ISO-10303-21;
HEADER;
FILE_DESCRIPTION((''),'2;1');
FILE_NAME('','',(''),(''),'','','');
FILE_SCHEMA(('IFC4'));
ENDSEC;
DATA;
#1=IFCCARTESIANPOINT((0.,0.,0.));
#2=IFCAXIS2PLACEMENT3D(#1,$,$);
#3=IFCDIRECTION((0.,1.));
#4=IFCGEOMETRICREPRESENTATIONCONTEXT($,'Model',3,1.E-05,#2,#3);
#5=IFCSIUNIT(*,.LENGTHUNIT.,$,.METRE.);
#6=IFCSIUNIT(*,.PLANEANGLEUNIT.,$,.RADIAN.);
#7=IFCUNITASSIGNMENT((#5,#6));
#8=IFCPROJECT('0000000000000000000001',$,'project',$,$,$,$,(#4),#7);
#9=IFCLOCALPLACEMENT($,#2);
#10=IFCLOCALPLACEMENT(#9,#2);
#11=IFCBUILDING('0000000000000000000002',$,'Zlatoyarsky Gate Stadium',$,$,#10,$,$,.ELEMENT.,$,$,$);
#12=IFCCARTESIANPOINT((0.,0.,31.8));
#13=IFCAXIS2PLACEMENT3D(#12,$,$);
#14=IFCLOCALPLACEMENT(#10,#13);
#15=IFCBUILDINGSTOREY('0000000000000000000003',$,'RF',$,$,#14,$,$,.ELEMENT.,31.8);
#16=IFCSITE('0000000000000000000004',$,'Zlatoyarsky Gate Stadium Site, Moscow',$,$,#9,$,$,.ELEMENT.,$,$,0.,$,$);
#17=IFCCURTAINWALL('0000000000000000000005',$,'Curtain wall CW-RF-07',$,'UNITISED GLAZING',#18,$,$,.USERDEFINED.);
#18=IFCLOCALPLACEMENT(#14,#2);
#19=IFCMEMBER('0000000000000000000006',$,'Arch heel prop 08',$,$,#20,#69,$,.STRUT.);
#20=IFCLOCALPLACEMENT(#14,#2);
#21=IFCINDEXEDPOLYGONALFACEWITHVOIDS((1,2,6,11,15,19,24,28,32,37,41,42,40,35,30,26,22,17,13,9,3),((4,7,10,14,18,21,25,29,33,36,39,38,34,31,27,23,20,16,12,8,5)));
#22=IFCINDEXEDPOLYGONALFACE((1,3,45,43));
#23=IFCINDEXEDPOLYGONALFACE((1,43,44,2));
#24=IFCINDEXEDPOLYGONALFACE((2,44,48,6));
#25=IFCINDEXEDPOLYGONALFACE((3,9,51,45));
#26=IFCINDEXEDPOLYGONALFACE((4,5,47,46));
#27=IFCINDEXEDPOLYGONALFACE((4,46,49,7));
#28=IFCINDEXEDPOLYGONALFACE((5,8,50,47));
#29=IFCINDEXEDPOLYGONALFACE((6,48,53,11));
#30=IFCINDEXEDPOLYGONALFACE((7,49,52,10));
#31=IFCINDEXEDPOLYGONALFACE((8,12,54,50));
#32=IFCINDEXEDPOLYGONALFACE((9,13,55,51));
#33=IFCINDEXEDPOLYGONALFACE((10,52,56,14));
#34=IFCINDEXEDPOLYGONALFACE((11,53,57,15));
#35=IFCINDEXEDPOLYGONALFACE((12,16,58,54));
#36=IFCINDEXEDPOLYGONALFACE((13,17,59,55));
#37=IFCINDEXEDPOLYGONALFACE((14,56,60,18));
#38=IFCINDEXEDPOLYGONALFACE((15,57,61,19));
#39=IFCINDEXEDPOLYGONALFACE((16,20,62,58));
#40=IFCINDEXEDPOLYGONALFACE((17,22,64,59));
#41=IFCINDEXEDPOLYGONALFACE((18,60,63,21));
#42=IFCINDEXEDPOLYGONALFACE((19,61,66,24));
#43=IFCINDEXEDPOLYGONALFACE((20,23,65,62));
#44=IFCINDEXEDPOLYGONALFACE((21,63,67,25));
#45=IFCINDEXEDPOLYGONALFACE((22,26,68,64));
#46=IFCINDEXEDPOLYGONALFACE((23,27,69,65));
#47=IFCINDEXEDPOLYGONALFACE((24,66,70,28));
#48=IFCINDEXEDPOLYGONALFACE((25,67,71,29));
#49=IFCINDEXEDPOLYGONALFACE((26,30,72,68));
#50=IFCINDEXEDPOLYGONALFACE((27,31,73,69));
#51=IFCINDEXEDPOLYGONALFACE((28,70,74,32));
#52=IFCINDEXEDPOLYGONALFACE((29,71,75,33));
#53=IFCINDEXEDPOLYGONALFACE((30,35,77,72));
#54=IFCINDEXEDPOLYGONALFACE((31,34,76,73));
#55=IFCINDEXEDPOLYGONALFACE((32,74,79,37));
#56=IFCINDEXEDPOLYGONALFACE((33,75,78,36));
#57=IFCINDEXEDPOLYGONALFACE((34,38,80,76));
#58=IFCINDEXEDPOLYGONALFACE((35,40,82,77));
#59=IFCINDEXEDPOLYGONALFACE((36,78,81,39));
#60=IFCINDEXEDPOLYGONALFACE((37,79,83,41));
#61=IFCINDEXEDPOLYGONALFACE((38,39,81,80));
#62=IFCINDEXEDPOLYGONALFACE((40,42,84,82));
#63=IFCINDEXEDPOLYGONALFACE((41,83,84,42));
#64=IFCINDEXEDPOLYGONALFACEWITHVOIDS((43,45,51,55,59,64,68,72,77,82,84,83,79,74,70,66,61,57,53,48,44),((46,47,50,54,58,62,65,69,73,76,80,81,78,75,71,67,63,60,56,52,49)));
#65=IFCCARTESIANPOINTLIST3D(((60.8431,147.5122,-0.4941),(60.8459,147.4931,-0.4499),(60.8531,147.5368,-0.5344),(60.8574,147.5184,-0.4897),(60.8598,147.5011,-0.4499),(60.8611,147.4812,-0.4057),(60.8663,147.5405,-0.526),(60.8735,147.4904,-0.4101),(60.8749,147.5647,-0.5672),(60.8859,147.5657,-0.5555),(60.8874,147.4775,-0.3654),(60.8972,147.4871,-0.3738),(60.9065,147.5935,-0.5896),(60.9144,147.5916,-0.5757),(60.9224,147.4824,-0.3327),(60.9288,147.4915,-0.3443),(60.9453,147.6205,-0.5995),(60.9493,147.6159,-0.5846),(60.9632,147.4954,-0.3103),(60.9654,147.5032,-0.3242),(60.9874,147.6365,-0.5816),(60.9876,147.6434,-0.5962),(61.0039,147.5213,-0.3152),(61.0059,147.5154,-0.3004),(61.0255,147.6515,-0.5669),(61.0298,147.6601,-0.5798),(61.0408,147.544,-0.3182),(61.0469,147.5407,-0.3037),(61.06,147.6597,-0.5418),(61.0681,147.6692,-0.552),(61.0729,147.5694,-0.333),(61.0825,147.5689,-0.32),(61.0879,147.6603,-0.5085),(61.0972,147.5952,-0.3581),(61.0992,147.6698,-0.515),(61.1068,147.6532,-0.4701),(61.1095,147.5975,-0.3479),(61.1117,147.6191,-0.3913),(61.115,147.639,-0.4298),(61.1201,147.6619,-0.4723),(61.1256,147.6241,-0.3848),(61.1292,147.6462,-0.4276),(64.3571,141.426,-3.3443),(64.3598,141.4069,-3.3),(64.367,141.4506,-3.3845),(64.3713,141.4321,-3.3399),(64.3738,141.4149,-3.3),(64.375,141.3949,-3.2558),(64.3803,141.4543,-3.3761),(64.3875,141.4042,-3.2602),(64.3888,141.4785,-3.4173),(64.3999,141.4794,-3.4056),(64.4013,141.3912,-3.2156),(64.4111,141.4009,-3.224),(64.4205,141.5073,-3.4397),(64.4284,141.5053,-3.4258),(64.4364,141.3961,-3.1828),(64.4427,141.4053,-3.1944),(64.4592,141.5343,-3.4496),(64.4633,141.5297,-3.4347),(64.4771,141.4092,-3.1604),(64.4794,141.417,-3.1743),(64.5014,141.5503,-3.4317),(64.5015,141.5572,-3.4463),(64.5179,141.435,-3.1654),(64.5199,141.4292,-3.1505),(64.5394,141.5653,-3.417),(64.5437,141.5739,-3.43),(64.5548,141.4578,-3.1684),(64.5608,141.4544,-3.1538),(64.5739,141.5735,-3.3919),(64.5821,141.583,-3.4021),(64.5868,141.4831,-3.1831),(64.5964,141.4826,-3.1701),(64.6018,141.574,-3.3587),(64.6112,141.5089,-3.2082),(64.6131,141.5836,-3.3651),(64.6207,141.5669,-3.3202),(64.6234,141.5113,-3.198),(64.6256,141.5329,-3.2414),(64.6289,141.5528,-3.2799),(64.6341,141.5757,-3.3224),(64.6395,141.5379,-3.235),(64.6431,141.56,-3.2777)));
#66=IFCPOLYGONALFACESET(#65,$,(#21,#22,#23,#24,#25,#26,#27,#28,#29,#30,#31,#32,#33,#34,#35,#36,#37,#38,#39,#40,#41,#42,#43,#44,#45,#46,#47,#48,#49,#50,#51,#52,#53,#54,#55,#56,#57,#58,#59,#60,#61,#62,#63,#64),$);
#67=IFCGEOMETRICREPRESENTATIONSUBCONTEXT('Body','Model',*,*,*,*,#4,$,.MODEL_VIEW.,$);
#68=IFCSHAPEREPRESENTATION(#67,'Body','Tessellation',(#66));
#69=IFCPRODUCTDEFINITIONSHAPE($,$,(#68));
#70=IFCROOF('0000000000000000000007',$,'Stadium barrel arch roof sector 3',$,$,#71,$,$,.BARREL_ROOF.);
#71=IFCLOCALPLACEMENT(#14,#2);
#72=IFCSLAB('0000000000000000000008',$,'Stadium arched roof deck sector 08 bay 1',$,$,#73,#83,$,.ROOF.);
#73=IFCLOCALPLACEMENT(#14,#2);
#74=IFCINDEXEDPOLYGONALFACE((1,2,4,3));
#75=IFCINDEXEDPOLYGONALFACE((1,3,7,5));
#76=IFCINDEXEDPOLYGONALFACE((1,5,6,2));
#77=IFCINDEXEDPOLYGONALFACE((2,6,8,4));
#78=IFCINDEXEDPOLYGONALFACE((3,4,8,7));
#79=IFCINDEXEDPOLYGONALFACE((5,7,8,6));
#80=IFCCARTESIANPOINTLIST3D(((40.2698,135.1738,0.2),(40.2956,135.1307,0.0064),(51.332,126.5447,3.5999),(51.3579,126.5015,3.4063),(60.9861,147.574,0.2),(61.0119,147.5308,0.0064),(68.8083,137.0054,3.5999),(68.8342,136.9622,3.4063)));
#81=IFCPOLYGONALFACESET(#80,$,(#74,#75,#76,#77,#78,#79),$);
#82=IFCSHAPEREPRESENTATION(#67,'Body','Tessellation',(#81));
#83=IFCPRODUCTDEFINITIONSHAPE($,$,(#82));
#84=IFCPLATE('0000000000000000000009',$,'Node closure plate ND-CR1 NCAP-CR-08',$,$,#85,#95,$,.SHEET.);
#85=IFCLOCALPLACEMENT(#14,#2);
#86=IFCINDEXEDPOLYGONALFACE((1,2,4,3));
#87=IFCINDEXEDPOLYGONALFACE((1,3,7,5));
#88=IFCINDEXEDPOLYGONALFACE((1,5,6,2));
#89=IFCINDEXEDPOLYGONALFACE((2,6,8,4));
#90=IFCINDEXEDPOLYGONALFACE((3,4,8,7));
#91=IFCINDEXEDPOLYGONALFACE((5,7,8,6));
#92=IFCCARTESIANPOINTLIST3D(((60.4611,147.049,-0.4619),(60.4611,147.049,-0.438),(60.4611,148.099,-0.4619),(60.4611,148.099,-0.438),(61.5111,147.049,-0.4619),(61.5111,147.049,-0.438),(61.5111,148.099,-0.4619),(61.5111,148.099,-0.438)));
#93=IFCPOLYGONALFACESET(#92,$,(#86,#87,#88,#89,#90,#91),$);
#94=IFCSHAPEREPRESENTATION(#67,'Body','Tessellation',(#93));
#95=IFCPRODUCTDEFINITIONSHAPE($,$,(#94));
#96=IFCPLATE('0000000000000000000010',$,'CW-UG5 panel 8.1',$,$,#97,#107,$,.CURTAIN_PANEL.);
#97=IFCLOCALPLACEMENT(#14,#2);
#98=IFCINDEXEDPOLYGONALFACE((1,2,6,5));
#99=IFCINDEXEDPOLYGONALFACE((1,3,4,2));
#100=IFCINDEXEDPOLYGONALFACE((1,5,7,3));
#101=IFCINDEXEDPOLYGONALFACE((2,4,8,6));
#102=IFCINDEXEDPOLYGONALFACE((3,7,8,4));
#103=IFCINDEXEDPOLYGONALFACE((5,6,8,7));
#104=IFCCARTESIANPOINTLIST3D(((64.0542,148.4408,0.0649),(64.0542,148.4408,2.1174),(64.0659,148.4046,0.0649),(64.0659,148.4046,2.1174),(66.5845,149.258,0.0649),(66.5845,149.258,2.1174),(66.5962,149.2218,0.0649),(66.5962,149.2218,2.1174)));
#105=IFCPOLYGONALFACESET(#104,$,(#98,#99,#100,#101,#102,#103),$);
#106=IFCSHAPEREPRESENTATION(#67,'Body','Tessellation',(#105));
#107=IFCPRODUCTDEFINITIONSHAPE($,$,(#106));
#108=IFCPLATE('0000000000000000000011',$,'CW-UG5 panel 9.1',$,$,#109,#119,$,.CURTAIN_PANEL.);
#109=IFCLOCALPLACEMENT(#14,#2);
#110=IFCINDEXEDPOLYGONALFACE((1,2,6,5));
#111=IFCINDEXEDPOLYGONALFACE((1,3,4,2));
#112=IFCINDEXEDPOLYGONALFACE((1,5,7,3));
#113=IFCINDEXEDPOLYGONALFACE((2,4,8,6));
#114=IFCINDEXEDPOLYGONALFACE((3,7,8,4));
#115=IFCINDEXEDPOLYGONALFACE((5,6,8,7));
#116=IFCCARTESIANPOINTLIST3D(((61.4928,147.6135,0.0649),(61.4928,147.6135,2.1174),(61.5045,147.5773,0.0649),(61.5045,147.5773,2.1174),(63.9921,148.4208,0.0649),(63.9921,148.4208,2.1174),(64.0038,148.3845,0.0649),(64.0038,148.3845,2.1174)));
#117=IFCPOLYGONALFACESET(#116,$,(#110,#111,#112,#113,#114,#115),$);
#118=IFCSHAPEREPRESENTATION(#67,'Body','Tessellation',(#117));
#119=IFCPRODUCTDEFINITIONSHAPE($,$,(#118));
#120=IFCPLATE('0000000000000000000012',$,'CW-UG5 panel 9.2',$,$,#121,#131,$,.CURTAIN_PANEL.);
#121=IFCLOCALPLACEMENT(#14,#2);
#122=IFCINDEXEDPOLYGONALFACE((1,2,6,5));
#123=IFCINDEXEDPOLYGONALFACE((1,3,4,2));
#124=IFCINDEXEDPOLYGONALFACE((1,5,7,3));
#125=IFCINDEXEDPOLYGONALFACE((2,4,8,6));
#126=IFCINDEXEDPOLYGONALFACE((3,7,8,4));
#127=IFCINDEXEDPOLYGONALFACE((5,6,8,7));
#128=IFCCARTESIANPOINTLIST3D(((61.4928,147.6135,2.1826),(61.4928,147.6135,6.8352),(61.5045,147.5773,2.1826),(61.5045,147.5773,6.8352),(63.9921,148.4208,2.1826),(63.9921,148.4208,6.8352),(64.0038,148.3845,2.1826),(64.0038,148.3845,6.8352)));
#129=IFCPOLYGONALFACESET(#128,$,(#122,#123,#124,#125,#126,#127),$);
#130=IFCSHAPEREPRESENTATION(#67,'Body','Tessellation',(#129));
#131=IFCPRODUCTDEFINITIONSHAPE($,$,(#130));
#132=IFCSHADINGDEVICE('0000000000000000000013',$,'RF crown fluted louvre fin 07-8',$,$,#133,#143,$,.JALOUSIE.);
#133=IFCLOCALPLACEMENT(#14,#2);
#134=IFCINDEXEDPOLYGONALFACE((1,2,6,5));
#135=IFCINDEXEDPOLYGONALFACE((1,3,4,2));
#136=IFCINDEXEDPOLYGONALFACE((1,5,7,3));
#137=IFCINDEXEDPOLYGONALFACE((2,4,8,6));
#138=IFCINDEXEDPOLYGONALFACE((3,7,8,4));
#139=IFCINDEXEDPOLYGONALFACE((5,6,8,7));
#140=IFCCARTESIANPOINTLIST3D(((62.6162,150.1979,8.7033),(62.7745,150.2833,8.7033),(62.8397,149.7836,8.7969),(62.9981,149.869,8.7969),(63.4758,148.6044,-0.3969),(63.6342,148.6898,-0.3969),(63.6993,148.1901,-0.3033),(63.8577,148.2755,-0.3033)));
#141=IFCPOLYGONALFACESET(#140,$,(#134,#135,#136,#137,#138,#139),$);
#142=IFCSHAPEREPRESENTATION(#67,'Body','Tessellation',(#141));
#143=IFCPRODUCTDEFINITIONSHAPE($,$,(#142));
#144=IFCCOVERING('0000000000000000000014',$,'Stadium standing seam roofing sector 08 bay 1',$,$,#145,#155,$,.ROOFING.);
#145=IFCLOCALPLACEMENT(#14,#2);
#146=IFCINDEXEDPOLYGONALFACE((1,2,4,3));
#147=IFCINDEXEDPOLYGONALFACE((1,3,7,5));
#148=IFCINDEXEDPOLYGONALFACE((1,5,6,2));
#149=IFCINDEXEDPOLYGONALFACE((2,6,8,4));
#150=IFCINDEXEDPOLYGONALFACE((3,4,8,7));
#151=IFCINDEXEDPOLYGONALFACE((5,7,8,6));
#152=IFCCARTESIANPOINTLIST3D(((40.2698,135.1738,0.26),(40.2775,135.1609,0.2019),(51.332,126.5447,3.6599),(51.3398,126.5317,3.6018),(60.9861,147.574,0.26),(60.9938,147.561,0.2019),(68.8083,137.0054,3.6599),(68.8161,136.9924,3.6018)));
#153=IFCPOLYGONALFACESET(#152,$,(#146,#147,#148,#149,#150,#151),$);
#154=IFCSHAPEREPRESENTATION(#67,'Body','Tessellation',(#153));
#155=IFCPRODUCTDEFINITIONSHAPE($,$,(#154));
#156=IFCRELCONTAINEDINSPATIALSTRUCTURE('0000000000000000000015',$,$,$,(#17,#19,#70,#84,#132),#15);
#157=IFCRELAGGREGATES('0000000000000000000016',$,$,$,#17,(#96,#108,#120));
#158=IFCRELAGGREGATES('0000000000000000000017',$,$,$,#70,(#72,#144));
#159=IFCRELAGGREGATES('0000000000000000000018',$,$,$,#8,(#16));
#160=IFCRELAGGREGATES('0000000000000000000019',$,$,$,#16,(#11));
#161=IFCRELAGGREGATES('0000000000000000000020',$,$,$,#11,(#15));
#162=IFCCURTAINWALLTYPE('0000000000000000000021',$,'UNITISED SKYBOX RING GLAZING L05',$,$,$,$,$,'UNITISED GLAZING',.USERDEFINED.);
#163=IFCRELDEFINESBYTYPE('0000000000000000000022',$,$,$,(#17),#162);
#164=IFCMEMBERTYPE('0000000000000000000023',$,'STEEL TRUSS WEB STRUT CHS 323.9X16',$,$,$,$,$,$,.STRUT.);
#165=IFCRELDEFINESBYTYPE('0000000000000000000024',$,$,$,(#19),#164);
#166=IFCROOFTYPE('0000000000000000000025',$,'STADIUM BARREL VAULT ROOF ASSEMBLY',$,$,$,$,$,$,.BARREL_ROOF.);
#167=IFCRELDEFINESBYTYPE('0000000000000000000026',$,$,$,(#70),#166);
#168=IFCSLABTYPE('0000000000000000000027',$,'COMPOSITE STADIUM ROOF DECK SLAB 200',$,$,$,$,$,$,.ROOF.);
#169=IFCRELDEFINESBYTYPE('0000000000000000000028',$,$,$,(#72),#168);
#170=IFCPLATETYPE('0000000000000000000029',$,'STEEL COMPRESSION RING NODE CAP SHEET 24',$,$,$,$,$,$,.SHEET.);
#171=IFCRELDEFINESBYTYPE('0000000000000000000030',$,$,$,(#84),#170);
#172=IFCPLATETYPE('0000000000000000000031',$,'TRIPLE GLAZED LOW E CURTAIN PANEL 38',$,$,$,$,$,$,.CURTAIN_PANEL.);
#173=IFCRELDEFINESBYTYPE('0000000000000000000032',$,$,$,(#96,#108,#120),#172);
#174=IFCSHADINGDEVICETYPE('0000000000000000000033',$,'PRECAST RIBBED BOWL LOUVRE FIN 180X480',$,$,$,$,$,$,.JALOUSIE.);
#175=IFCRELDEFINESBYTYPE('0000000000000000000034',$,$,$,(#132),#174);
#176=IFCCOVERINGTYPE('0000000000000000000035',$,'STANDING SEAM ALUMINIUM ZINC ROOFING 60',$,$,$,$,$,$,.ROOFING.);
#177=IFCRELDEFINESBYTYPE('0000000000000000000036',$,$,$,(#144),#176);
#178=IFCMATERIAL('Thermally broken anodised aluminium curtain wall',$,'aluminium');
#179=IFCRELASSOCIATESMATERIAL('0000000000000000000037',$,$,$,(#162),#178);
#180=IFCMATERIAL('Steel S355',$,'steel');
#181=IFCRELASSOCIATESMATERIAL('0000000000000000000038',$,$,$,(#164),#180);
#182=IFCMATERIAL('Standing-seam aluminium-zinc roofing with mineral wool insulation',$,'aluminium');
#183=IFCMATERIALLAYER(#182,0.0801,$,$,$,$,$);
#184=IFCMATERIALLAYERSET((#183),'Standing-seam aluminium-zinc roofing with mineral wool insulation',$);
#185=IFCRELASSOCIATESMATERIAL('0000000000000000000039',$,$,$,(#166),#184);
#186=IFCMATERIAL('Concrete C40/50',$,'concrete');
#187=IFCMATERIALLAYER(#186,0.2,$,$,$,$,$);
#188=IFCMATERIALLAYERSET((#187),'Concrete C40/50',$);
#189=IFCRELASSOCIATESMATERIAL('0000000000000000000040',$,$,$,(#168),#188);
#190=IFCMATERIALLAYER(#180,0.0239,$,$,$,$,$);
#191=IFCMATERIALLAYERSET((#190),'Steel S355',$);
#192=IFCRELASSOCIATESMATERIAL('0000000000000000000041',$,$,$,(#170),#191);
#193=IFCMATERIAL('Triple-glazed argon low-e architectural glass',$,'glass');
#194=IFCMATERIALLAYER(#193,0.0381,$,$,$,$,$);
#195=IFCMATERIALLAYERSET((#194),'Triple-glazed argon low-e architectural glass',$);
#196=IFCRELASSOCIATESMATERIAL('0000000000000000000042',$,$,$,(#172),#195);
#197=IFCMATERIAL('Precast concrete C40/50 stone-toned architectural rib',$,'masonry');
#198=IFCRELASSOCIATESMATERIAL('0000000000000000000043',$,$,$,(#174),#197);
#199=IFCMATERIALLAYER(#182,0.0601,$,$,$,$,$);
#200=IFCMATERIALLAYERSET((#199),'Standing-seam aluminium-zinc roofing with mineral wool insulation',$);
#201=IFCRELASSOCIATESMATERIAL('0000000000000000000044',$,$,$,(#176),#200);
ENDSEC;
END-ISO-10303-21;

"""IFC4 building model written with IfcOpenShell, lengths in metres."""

from ifc_helpers import new_model, si_unit, direction, frame, origin, origin_2d, place, context, subcontext, project, spatial, polyline, rectangle, hollow_circle, outline, extrude, material, layer, layer_set, material_profile, profile_set, type_object, element, aggregate, save


model = new_model("IFC4")

# Units and contexts
model_context = context("Model", 3, precision=1e-05, world=origin(), true_north=direction((0.0, 1.0)))
body_context = subcontext(model_context, "Body", "Model", "MODEL_VIEW")
ifc_project = project(units=[si_unit("LENGTHUNIT", "METRE"), si_unit("PLANEANGLEUNIT", "RADIAN")], contexts=[model_context])

# Site, building, storey
site_placement = place(None, origin())
site = spatial("IfcSite", under=ifc_project, at=site_placement, Name="Zlatoyarsky Gate Stadium Site, Moscow", CompositionType="ELEMENT", RefElevation=0.0)
building_placement = place(site_placement, origin())
building = spatial("IfcBuilding", under=site, at=building_placement, Name="Zlatoyarsky Gate Stadium", CompositionType="ELEMENT")
storey_placement = place(building_placement, frame((0.0, 0.0, 31.8)))
storey = spatial("IfcBuildingStorey", under=building, at=storey_placement, Name="RF", CompositionType="ELEMENT", Elevation=31.8)

# Curtain wall
ifc_material_1 = material(Name="Thermally broken anodised aluminium curtain wall", Category="aluminium")
curtain_wall_type = type_object("IfcCurtainWallType", Name="UNITISED SKYBOX RING GLAZING L05", ElementType="UNITISED GLAZING", PredefinedType="USERDEFINED", material=ifc_material_1)
curtain_wall_1_placement = place(storey_placement, origin())
curtain_wall_1 = element("IfcCurtainWall", 1, at=curtain_wall_1_placement, inside=storey, type_object=curtain_wall_type, Name="Curtain wall CW-RF-07", ObjectType="UNITISED GLAZING", PredefinedType="USERDEFINED")

# Shared definitions
ifc_material_2 = material(Name="Steel S355", Category="steel")

# Member
ifc_material_profile_1 = material_profile(ifc_material_2, hollow_circle(Radius=0.1619, WallThickness=0.0161, at=origin_2d()), Name="CHS 323.9X16")
ifc_profile_set_1 = profile_set([ifc_material_profile_1], Name="Steel S355")
member_type_1 = type_object("IfcMemberType", Name="STEEL TRUSS WEB STRUT CHS 323.9X16", PredefinedType="STRUT", material=ifc_profile_set_1)
member_1_placement = place(storey_placement, frame((64.5, 141.4878, -3.3), z_axis=(-0.463352, 0.802536, 0.37582), x_axis=(-0.866022, -0.500006, 0.0)))
element("IfcMember", 2, at=member_1_placement, inside=storey, type_object=member_type_1, Name="Arch heel prop 08", PredefinedType="STRUT", context=body_context, shape_type="SweptSolid", body=[
    extrude(hollow_circle(Radius=0.1619, WallThickness=0.0161, at=origin_2d()), origin(), (0.0, 0.0, 1.0), 7.5837),
])

# Roof, slab
ifc_material_3 = material(Name="Standing-seam aluminium-zinc roofing with mineral wool insulation", Category="aluminium")
ifc_layer_1 = layer(ifc_material_3, 0.0801)
ifc_layer_set_1 = layer_set([ifc_layer_1], Name="Standing-seam aluminium-zinc roofing with mineral wool insulation")
roof_type = type_object("IfcRoofType", Name="STADIUM BARREL VAULT ROOF ASSEMBLY", PredefinedType="BARREL_ROOF", material=ifc_layer_set_1)
roof_placement = place(storey_placement, origin())
roof = element("IfcRoof", 3, at=roof_placement, inside=storey, type_object=roof_type, Name="Stadium barrel arch roof sector 3", PredefinedType="BARREL_ROOF")
ifc_material_4 = material(Name="Concrete C40/50", Category="concrete")
ifc_layer_2 = layer(ifc_material_4, 0.2)
ifc_layer_set_2 = layer_set([ifc_layer_2], Name="Concrete C40/50")
slab_type = type_object("IfcSlabType", Name="COMPOSITE STADIUM ROOF DECK SLAB 200", PredefinedType="ROOF", material=ifc_layer_set_2)
slab_placement = place(storey_placement, frame((60.9861, 147.574, 0.2), z_axis=(-0.129153, 0.21577, 0.967865), x_axis=(-0.858034, -0.513593, 0.0)))
slab = element("IfcSlab", 4, at=slab_placement, type_object=slab_type, Name="Stadium arched roof deck sector 08 bay 1", PredefinedType="ROOF", context=body_context, shape_type="SweptSolid", body=[
    extrude(outline(polyline([(0.0, 0.0), (24.1439, 0.0), (19.084, 13.5201), (-1.2838, 13.5201), (0.0, 0.0)])), origin(), (0.0, 0.0, -1.0), 0.2),
])

# Plates
ifc_layer_3 = layer(ifc_material_2, 0.0239)
ifc_layer_set_3 = layer_set([ifc_layer_3], Name="Steel S355")
plate_type_1 = type_object("IfcPlateType", Name="STEEL COMPRESSION RING NODE CAP SHEET 24", PredefinedType="SHEET", material=ifc_layer_set_3)
plate_1_placement = place(storey_placement, frame((60.9861, 147.574, -0.4619), z_axis=(0.0, 0.0, 1.0), x_axis=(1.0, 0.0, 0.0)))
element("IfcPlate", 5, at=plate_1_placement, inside=storey, type_object=plate_type_1, Name="Node closure plate ND-CR1 NCAP-CR-08", PredefinedType="SHEET", context=body_context, shape_type="SweptSolid", body=[
    extrude(rectangle(XDim=1.05, YDim=1.05, at=origin_2d()), origin(), (0.0, 0.0, 1.0), 0.0239),
])
ifc_material_5 = material(Name="Triple-glazed argon low-e architectural glass", Category="glass")
ifc_layer_4 = layer(ifc_material_5, 0.0381)
ifc_layer_set_4 = layer_set([ifc_layer_4], Name="Triple-glazed argon low-e architectural glass")
plate_type_2 = type_object("IfcPlateType", Name="TRIPLE GLAZED LOW E CURTAIN PANEL 38", PredefinedType="CURTAIN_PANEL", material=ifc_layer_set_4)
plate_2_placement = place(storey_placement, frame((65.3252, 148.8313, 0.0649), z_axis=(0.0, 0.0, 1.0), x_axis=(-0.951596, -0.307352, 0.0)))
plate_2 = element("IfcPlate", 6, at=plate_2_placement, type_object=plate_type_2, Name="CW-UG5 panel 8.1", PredefinedType="CURTAIN_PANEL", context=body_context, shape_type="SweptSolid", body=[
    extrude(rectangle(XDim=2.6589, YDim=0.0381, at=origin_2d()), origin(), (0.0, 0.0, 1.0), 2.0525),
])
plate_3_placement = place(storey_placement, frame((62.7483, 147.999, 0.0649), z_axis=(0.0, 0.0, 1.0), x_axis=(-0.951596, -0.307352, 0.0)))
plate_3 = element("IfcPlate", 7, at=plate_3_placement, type_object=plate_type_2, Name="CW-UG5 panel 9.1", PredefinedType="CURTAIN_PANEL", context=body_context, shape_type="SweptSolid", body=[
    extrude(rectangle(XDim=2.6265, YDim=0.0381, at=origin_2d()), origin(), (0.0, 0.0, 1.0), 2.0525),
])
plate_4_placement = place(storey_placement, frame((62.7483, 147.999, 2.1826), z_axis=(0.0, 0.0, 1.0), x_axis=(-0.951596, -0.307352, 0.0)))
plate_4 = element("IfcPlate", 8, at=plate_4_placement, type_object=plate_type_2, Name="CW-UG5 panel 9.2", PredefinedType="CURTAIN_PANEL", context=body_context, shape_type="SweptSolid", body=[
    extrude(rectangle(XDim=2.6265, YDim=0.0381, at=origin_2d()), origin(), (0.0, 0.0, 1.0), 4.6526),
])
aggregate(curtain_wall_1, [plate_2, plate_3, plate_4])

# Shading device
ifc_material_6 = material(Name="Precast concrete C40/50 stone-toned architectural rib", Category="masonry")
ifc_material_profile_2 = material_profile(ifc_material_6, rectangle(XDim=0.1799, YDim=0.48, at=origin_2d()), Name="RIB 180X480")
ifc_profile_set_2 = profile_set([ifc_material_profile_2], Name="Precast concrete C40/50 stone-toned architectural rib")
shading_device_type = type_object("IfcShadingDeviceType", Name="PRECAST RIBBED BOWL LOUVRE FIN 180X480", PredefinedType="JALOUSIE", material=ifc_profile_set_2)
shading_device_placement = place(storey_placement, frame((63.6667, 148.4399, -0.3501), z_axis=(-0.092647, 0.171742, 0.980776), x_axis=(-0.880107, -0.474775, 0.0)))
element("IfcShadingDevice", 9, at=shading_device_placement, inside=storey, type_object=shading_device_type, Name="RF crown fluted louvre fin 07-8", PredefinedType="JALOUSIE", context=body_context, shape_type="SweptSolid", body=[
    extrude(rectangle(XDim=0.1799, YDim=0.48, at=origin_2d()), origin(), (0.0, 0.0, 1.0), 9.2786),
])

# Covering
ifc_layer_5 = layer(ifc_material_3, 0.0601)
ifc_layer_set_5 = layer_set([ifc_layer_5], Name="Standing-seam aluminium-zinc roofing with mineral wool insulation")
covering_type = type_object("IfcCoveringType", Name="STANDING SEAM ALUMINIUM ZINC ROOFING 60", PredefinedType="ROOFING", material=ifc_layer_set_5)
covering_placement = place(storey_placement, frame((60.9861, 147.574, 0.26), z_axis=(-0.129153, 0.21577, 0.967865), x_axis=(-0.858034, -0.513593, 0.0)))
covering = element("IfcCovering", 10, at=covering_placement, type_object=covering_type, Name="Stadium standing seam roofing sector 08 bay 1", PredefinedType="ROOFING", context=body_context, shape_type="SweptSolid", body=[
    extrude(outline(polyline([(0.0, 0.0), (24.1439, 0.0), (19.084, 13.5201), (-1.2838, 13.5201), (0.0, 0.0)])), origin(), (0.0, 0.0, -1.0), 0.0601),
])
aggregate(roof, [slab, covering])

save(model, "model.ifc")
